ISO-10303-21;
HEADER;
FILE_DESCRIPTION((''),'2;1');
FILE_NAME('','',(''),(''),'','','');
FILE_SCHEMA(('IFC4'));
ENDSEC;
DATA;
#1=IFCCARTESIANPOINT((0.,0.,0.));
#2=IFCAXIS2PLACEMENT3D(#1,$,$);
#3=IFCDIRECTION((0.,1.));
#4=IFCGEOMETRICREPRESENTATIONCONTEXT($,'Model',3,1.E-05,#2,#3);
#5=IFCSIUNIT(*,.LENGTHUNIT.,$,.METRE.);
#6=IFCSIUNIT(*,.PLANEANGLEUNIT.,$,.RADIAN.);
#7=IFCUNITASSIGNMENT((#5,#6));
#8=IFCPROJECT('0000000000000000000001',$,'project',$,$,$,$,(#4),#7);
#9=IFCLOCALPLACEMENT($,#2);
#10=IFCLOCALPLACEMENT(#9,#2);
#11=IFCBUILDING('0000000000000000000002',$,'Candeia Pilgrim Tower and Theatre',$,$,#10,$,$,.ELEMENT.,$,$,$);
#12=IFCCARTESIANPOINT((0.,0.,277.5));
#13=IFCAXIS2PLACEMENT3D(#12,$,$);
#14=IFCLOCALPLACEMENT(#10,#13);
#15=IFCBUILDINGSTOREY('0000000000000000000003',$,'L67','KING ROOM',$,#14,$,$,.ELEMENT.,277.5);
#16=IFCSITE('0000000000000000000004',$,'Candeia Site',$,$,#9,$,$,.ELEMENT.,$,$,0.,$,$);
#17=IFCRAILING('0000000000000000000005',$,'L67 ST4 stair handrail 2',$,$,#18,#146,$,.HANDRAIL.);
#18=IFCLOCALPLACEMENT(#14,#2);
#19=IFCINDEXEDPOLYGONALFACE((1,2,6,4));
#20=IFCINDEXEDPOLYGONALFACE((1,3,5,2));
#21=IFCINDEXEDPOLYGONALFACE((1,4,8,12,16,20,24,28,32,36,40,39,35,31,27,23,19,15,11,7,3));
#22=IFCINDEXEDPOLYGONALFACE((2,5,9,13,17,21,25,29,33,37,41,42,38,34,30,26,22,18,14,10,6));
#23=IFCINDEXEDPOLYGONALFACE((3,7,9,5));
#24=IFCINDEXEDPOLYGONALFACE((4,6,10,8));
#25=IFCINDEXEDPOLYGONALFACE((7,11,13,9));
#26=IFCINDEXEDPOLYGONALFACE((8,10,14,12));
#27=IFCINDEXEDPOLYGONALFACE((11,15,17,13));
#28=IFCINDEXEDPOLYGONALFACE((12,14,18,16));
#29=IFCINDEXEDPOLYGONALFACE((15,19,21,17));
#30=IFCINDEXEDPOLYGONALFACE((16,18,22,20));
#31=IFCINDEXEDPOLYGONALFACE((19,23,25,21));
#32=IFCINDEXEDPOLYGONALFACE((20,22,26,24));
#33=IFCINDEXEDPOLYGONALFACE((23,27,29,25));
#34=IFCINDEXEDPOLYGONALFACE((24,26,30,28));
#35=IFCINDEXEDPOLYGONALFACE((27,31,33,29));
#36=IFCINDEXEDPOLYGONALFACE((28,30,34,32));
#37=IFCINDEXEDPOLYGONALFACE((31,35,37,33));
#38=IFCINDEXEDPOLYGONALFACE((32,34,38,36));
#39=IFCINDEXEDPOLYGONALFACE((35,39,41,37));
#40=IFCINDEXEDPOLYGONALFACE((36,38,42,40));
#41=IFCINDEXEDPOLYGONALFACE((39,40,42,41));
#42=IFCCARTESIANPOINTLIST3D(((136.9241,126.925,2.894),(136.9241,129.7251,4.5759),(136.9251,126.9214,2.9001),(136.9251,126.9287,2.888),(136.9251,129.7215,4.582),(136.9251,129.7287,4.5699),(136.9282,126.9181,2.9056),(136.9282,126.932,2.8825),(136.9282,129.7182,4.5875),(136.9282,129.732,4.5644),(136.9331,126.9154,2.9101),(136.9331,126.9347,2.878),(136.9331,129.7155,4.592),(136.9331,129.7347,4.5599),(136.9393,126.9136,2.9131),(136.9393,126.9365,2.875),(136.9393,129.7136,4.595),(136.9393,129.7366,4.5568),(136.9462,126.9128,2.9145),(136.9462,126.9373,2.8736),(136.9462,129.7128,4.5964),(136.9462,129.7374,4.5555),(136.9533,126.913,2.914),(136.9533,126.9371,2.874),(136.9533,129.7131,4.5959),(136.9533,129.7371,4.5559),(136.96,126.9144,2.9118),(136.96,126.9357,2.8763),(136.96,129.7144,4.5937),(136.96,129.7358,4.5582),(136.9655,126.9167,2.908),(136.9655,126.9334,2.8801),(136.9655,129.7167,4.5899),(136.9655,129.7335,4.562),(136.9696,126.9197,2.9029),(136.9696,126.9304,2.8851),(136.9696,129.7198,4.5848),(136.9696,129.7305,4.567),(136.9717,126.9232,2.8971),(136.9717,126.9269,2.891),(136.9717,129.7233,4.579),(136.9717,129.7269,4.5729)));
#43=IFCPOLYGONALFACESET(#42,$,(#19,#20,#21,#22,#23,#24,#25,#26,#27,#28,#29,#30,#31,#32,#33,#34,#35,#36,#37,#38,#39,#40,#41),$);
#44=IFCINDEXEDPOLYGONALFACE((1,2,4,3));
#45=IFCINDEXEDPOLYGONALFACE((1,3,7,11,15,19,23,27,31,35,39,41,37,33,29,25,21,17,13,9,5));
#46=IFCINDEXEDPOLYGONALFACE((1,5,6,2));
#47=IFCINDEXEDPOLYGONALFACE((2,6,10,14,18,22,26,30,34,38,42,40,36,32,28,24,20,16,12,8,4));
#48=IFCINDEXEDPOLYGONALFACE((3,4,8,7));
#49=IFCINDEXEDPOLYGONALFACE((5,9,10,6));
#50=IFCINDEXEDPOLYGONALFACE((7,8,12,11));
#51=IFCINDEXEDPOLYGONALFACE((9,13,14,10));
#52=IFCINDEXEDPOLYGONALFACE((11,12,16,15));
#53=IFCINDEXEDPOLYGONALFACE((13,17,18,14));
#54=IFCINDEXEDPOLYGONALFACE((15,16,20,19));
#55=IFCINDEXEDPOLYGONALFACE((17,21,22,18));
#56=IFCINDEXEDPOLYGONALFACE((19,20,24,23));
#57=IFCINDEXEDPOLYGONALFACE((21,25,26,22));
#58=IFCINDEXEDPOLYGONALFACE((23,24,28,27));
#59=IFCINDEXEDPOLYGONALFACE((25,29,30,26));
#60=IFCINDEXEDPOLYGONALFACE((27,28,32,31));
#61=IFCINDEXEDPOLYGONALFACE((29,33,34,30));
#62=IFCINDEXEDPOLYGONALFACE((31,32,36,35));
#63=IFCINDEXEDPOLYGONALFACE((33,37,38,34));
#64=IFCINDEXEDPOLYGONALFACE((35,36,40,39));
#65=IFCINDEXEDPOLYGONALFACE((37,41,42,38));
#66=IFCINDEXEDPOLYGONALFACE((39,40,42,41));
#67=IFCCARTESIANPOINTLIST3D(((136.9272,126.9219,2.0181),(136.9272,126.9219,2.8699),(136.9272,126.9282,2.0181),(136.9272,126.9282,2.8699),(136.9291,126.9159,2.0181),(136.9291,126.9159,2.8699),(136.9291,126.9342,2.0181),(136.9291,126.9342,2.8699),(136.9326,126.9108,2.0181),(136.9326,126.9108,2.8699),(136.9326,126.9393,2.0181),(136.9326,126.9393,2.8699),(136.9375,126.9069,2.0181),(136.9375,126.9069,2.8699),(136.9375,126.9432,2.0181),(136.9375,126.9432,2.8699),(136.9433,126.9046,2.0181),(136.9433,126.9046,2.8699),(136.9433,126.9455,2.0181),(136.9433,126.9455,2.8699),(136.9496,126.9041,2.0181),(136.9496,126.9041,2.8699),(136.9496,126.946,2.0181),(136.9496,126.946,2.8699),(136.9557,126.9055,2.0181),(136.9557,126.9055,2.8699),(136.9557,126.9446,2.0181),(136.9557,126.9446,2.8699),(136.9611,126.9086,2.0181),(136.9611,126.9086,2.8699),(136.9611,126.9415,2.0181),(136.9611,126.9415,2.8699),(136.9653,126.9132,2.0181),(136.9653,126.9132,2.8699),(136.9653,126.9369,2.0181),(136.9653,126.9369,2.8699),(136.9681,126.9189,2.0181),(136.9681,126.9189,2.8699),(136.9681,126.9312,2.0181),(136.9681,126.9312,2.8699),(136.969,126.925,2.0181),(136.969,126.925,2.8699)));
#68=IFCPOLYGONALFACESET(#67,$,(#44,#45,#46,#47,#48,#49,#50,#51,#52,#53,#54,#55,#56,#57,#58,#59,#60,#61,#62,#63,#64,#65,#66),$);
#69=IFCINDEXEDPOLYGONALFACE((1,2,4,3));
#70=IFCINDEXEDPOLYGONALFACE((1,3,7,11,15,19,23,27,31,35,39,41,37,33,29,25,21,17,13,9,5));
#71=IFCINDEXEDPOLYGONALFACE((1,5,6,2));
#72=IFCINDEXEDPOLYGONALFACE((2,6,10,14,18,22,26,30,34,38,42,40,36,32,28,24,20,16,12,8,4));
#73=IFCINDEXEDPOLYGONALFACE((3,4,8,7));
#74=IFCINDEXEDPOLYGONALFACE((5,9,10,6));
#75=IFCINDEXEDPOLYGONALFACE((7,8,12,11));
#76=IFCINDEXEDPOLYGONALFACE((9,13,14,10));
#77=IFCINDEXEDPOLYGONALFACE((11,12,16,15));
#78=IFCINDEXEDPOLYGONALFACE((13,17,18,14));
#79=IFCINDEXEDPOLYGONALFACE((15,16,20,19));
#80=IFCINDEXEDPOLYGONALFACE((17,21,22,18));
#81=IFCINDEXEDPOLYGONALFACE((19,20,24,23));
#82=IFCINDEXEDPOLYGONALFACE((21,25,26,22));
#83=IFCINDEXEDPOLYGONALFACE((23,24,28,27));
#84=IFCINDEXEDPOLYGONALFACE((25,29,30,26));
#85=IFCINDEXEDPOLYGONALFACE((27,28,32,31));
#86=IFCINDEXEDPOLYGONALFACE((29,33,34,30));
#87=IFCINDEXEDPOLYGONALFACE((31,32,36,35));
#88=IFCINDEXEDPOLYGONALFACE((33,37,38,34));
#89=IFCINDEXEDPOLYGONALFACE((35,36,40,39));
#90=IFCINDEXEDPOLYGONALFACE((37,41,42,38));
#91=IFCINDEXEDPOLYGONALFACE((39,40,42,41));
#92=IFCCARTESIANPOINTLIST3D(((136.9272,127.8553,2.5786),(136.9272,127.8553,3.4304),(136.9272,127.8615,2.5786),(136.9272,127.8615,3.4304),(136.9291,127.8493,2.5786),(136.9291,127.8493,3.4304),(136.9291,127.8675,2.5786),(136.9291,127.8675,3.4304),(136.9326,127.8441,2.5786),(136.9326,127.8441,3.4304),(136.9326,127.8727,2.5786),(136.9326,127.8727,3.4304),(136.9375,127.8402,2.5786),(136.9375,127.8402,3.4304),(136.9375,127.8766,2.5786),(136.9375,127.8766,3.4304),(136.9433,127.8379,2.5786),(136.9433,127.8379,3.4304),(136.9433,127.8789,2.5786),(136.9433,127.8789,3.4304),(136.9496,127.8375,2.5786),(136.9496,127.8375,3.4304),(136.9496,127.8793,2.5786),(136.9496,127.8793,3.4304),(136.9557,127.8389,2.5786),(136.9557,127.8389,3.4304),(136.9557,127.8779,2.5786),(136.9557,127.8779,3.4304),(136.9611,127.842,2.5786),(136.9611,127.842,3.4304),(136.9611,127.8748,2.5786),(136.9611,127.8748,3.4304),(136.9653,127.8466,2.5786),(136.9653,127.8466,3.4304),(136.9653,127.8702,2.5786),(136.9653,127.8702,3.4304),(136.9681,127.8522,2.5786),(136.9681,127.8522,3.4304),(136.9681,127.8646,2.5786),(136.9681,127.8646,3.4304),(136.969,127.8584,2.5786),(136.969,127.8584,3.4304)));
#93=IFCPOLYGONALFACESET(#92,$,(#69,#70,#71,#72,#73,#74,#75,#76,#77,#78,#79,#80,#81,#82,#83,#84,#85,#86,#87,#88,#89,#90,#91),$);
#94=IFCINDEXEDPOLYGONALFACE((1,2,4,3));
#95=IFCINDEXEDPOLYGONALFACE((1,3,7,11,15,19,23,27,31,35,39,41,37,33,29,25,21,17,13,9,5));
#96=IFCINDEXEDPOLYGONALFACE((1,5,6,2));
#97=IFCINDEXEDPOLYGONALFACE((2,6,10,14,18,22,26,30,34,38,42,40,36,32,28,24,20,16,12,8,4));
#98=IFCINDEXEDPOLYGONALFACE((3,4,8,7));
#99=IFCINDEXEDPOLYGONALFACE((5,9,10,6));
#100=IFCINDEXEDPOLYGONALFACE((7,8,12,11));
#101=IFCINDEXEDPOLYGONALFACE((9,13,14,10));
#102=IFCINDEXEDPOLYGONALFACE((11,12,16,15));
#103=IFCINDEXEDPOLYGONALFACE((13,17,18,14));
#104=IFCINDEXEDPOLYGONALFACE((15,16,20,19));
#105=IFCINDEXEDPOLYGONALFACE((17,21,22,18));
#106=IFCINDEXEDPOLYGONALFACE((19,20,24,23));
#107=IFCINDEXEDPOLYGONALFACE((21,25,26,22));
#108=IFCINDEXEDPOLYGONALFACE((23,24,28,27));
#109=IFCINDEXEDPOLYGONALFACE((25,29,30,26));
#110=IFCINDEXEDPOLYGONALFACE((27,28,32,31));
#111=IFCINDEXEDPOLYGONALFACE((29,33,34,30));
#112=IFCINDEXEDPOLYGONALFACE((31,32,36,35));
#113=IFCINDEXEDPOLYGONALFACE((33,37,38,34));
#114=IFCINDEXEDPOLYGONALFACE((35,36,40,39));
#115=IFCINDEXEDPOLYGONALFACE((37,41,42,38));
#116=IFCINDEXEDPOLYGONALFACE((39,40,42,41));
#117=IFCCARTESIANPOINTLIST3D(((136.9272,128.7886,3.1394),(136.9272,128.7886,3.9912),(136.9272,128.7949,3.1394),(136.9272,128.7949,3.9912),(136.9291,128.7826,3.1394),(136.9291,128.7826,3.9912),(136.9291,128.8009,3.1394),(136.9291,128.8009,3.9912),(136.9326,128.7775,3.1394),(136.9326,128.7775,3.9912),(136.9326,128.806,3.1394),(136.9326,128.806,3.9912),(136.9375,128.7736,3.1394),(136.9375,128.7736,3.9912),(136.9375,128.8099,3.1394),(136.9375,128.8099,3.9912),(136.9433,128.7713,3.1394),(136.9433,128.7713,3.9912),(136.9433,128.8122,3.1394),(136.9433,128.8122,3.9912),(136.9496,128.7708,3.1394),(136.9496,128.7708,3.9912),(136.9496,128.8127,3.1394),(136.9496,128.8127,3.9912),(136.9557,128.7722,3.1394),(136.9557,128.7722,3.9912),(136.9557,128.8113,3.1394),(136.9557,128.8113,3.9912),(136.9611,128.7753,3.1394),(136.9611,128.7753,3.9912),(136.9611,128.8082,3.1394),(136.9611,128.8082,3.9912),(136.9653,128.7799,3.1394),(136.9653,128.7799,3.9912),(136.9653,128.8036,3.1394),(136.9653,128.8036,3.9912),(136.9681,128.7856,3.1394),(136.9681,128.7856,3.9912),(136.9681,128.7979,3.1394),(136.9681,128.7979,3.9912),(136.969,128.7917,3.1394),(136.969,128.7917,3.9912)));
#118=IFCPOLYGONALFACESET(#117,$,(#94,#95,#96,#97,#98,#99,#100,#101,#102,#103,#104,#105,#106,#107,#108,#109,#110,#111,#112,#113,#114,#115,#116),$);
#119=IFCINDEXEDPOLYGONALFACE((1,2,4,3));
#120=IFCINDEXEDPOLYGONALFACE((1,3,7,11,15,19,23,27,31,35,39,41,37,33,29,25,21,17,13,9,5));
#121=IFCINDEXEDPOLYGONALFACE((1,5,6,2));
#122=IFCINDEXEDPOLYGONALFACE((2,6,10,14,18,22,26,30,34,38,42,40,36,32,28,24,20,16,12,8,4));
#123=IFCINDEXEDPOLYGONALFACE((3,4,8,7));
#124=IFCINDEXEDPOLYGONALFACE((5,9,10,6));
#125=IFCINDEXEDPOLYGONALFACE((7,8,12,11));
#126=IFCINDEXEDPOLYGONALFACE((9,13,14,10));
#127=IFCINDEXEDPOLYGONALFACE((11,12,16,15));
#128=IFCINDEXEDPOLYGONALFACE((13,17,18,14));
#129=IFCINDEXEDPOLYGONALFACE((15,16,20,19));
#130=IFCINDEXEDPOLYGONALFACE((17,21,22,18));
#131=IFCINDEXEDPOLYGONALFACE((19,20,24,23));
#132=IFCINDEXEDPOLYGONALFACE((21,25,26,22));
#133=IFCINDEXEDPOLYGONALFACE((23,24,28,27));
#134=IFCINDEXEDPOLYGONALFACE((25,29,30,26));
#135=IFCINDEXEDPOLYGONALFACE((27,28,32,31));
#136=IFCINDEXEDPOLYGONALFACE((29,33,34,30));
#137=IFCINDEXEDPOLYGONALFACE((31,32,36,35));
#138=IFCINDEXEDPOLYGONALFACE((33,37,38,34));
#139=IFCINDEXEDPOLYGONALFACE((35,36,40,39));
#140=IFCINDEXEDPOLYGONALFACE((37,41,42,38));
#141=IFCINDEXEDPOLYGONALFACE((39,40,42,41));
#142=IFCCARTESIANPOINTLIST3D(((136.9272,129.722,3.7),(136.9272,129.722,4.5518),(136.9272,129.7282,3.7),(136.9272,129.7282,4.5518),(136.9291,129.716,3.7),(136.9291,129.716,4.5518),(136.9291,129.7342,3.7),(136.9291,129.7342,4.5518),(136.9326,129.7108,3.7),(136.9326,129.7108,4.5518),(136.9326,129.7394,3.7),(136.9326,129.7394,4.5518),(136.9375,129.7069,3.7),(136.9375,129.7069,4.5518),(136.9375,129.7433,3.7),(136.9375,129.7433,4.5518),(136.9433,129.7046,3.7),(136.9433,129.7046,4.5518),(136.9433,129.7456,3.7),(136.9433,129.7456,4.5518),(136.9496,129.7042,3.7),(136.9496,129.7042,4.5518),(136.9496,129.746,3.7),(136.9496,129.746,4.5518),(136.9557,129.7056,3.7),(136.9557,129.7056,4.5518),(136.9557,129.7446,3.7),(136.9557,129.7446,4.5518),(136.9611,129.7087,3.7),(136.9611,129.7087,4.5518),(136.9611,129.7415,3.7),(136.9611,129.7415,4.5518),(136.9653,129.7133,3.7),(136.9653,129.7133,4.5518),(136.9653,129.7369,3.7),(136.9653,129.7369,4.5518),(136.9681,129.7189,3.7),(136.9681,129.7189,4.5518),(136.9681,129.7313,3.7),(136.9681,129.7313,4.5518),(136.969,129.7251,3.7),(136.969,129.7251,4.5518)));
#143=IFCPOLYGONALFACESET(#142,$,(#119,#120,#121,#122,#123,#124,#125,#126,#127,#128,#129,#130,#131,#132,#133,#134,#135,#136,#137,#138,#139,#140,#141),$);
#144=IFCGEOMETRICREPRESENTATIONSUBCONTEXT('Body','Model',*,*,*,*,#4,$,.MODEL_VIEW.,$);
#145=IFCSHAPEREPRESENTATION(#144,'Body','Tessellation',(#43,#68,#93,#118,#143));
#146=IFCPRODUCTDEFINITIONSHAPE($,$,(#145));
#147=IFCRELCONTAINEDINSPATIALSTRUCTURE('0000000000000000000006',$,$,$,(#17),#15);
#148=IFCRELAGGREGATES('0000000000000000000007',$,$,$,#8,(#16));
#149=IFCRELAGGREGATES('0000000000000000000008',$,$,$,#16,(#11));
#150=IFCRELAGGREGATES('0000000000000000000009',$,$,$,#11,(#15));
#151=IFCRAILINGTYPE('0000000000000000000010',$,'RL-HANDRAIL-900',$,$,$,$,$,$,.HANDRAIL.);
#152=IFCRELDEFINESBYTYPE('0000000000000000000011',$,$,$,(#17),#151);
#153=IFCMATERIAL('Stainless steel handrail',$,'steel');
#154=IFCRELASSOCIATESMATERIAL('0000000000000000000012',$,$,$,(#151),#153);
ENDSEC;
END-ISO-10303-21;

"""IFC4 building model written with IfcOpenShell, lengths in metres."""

from ifc_helpers import new_model, si_unit, direction, frame, origin, origin_2d, place, context, subcontext, project, spatial, circle, extrude, material, type_object, element, save


model = new_model("IFC4")

# Units and contexts
model_context = context("Model", 3, precision=1e-05, world=origin(), true_north=direction((0.0, 1.0)))
body_context = subcontext(model_context, "Body", "Model", "MODEL_VIEW")
ifc_project = project(units=[si_unit("LENGTHUNIT", "METRE"), si_unit("PLANEANGLEUNIT", "RADIAN")], contexts=[model_context])

# Site, building, storey
site_placement = place(None, origin())
site = spatial("IfcSite", under=ifc_project, at=site_placement, Name="Candeia Site", CompositionType="ELEMENT", RefElevation=0.0)
building_placement = place(site_placement, origin())
building = spatial("IfcBuilding", under=site, at=building_placement, Name="Candeia Pilgrim Tower and Theatre", CompositionType="ELEMENT")
storey_placement = place(building_placement, frame((0.0, 0.0, 277.5)))
storey = spatial("IfcBuildingStorey", under=building, at=storey_placement, Name="L67", Description="KING ROOM", CompositionType="ELEMENT", Elevation=277.5)

# Railing
ifc_material_1 = material(Name="Stainless steel handrail", Category="steel")
railing_type_1 = type_object("IfcRailingType", Name="RL-HANDRAIL-900", PredefinedType="HANDRAIL", material=ifc_material_1)
railing_1_placement = place(storey_placement, frame((136.948, 126.925, 2.0181)))
element("IfcRailing", 1, at=railing_1_placement, inside=storey, type_object=railing_type_1, Name="L67 ST4 stair handrail 2", PredefinedType="HANDRAIL", context=body_context, shape_type="SweptSolid", body=[
    extrude(circle(Radius=0.0239, at=origin_2d()), frame((0.0, 0.0, 0.876), z_axis=(0.0, 0.857242, 0.514913), x_axis=(-1.0, 0.0, 0.0)), (0.0, 0.0, 1.0), 3.2664),
    extrude(circle(Radius=0.021, at=origin_2d()), origin(), (0.0, 0.0, 1.0), 0.8518),
    extrude(circle(Radius=0.021, at=origin_2d()), frame((0.0, 0.9333, 0.5605)), (0.0, 0.0, 1.0), 0.8518),
    extrude(circle(Radius=0.021, at=origin_2d()), frame((0.0, 1.8667, 1.1213)), (0.0, 0.0, 1.0), 0.8518),
    extrude(circle(Radius=0.021, at=origin_2d()), frame((0.0, 2.8, 1.6819)), (0.0, 0.0, 1.0), 0.8518),
])

save(model, "model.ifc")
